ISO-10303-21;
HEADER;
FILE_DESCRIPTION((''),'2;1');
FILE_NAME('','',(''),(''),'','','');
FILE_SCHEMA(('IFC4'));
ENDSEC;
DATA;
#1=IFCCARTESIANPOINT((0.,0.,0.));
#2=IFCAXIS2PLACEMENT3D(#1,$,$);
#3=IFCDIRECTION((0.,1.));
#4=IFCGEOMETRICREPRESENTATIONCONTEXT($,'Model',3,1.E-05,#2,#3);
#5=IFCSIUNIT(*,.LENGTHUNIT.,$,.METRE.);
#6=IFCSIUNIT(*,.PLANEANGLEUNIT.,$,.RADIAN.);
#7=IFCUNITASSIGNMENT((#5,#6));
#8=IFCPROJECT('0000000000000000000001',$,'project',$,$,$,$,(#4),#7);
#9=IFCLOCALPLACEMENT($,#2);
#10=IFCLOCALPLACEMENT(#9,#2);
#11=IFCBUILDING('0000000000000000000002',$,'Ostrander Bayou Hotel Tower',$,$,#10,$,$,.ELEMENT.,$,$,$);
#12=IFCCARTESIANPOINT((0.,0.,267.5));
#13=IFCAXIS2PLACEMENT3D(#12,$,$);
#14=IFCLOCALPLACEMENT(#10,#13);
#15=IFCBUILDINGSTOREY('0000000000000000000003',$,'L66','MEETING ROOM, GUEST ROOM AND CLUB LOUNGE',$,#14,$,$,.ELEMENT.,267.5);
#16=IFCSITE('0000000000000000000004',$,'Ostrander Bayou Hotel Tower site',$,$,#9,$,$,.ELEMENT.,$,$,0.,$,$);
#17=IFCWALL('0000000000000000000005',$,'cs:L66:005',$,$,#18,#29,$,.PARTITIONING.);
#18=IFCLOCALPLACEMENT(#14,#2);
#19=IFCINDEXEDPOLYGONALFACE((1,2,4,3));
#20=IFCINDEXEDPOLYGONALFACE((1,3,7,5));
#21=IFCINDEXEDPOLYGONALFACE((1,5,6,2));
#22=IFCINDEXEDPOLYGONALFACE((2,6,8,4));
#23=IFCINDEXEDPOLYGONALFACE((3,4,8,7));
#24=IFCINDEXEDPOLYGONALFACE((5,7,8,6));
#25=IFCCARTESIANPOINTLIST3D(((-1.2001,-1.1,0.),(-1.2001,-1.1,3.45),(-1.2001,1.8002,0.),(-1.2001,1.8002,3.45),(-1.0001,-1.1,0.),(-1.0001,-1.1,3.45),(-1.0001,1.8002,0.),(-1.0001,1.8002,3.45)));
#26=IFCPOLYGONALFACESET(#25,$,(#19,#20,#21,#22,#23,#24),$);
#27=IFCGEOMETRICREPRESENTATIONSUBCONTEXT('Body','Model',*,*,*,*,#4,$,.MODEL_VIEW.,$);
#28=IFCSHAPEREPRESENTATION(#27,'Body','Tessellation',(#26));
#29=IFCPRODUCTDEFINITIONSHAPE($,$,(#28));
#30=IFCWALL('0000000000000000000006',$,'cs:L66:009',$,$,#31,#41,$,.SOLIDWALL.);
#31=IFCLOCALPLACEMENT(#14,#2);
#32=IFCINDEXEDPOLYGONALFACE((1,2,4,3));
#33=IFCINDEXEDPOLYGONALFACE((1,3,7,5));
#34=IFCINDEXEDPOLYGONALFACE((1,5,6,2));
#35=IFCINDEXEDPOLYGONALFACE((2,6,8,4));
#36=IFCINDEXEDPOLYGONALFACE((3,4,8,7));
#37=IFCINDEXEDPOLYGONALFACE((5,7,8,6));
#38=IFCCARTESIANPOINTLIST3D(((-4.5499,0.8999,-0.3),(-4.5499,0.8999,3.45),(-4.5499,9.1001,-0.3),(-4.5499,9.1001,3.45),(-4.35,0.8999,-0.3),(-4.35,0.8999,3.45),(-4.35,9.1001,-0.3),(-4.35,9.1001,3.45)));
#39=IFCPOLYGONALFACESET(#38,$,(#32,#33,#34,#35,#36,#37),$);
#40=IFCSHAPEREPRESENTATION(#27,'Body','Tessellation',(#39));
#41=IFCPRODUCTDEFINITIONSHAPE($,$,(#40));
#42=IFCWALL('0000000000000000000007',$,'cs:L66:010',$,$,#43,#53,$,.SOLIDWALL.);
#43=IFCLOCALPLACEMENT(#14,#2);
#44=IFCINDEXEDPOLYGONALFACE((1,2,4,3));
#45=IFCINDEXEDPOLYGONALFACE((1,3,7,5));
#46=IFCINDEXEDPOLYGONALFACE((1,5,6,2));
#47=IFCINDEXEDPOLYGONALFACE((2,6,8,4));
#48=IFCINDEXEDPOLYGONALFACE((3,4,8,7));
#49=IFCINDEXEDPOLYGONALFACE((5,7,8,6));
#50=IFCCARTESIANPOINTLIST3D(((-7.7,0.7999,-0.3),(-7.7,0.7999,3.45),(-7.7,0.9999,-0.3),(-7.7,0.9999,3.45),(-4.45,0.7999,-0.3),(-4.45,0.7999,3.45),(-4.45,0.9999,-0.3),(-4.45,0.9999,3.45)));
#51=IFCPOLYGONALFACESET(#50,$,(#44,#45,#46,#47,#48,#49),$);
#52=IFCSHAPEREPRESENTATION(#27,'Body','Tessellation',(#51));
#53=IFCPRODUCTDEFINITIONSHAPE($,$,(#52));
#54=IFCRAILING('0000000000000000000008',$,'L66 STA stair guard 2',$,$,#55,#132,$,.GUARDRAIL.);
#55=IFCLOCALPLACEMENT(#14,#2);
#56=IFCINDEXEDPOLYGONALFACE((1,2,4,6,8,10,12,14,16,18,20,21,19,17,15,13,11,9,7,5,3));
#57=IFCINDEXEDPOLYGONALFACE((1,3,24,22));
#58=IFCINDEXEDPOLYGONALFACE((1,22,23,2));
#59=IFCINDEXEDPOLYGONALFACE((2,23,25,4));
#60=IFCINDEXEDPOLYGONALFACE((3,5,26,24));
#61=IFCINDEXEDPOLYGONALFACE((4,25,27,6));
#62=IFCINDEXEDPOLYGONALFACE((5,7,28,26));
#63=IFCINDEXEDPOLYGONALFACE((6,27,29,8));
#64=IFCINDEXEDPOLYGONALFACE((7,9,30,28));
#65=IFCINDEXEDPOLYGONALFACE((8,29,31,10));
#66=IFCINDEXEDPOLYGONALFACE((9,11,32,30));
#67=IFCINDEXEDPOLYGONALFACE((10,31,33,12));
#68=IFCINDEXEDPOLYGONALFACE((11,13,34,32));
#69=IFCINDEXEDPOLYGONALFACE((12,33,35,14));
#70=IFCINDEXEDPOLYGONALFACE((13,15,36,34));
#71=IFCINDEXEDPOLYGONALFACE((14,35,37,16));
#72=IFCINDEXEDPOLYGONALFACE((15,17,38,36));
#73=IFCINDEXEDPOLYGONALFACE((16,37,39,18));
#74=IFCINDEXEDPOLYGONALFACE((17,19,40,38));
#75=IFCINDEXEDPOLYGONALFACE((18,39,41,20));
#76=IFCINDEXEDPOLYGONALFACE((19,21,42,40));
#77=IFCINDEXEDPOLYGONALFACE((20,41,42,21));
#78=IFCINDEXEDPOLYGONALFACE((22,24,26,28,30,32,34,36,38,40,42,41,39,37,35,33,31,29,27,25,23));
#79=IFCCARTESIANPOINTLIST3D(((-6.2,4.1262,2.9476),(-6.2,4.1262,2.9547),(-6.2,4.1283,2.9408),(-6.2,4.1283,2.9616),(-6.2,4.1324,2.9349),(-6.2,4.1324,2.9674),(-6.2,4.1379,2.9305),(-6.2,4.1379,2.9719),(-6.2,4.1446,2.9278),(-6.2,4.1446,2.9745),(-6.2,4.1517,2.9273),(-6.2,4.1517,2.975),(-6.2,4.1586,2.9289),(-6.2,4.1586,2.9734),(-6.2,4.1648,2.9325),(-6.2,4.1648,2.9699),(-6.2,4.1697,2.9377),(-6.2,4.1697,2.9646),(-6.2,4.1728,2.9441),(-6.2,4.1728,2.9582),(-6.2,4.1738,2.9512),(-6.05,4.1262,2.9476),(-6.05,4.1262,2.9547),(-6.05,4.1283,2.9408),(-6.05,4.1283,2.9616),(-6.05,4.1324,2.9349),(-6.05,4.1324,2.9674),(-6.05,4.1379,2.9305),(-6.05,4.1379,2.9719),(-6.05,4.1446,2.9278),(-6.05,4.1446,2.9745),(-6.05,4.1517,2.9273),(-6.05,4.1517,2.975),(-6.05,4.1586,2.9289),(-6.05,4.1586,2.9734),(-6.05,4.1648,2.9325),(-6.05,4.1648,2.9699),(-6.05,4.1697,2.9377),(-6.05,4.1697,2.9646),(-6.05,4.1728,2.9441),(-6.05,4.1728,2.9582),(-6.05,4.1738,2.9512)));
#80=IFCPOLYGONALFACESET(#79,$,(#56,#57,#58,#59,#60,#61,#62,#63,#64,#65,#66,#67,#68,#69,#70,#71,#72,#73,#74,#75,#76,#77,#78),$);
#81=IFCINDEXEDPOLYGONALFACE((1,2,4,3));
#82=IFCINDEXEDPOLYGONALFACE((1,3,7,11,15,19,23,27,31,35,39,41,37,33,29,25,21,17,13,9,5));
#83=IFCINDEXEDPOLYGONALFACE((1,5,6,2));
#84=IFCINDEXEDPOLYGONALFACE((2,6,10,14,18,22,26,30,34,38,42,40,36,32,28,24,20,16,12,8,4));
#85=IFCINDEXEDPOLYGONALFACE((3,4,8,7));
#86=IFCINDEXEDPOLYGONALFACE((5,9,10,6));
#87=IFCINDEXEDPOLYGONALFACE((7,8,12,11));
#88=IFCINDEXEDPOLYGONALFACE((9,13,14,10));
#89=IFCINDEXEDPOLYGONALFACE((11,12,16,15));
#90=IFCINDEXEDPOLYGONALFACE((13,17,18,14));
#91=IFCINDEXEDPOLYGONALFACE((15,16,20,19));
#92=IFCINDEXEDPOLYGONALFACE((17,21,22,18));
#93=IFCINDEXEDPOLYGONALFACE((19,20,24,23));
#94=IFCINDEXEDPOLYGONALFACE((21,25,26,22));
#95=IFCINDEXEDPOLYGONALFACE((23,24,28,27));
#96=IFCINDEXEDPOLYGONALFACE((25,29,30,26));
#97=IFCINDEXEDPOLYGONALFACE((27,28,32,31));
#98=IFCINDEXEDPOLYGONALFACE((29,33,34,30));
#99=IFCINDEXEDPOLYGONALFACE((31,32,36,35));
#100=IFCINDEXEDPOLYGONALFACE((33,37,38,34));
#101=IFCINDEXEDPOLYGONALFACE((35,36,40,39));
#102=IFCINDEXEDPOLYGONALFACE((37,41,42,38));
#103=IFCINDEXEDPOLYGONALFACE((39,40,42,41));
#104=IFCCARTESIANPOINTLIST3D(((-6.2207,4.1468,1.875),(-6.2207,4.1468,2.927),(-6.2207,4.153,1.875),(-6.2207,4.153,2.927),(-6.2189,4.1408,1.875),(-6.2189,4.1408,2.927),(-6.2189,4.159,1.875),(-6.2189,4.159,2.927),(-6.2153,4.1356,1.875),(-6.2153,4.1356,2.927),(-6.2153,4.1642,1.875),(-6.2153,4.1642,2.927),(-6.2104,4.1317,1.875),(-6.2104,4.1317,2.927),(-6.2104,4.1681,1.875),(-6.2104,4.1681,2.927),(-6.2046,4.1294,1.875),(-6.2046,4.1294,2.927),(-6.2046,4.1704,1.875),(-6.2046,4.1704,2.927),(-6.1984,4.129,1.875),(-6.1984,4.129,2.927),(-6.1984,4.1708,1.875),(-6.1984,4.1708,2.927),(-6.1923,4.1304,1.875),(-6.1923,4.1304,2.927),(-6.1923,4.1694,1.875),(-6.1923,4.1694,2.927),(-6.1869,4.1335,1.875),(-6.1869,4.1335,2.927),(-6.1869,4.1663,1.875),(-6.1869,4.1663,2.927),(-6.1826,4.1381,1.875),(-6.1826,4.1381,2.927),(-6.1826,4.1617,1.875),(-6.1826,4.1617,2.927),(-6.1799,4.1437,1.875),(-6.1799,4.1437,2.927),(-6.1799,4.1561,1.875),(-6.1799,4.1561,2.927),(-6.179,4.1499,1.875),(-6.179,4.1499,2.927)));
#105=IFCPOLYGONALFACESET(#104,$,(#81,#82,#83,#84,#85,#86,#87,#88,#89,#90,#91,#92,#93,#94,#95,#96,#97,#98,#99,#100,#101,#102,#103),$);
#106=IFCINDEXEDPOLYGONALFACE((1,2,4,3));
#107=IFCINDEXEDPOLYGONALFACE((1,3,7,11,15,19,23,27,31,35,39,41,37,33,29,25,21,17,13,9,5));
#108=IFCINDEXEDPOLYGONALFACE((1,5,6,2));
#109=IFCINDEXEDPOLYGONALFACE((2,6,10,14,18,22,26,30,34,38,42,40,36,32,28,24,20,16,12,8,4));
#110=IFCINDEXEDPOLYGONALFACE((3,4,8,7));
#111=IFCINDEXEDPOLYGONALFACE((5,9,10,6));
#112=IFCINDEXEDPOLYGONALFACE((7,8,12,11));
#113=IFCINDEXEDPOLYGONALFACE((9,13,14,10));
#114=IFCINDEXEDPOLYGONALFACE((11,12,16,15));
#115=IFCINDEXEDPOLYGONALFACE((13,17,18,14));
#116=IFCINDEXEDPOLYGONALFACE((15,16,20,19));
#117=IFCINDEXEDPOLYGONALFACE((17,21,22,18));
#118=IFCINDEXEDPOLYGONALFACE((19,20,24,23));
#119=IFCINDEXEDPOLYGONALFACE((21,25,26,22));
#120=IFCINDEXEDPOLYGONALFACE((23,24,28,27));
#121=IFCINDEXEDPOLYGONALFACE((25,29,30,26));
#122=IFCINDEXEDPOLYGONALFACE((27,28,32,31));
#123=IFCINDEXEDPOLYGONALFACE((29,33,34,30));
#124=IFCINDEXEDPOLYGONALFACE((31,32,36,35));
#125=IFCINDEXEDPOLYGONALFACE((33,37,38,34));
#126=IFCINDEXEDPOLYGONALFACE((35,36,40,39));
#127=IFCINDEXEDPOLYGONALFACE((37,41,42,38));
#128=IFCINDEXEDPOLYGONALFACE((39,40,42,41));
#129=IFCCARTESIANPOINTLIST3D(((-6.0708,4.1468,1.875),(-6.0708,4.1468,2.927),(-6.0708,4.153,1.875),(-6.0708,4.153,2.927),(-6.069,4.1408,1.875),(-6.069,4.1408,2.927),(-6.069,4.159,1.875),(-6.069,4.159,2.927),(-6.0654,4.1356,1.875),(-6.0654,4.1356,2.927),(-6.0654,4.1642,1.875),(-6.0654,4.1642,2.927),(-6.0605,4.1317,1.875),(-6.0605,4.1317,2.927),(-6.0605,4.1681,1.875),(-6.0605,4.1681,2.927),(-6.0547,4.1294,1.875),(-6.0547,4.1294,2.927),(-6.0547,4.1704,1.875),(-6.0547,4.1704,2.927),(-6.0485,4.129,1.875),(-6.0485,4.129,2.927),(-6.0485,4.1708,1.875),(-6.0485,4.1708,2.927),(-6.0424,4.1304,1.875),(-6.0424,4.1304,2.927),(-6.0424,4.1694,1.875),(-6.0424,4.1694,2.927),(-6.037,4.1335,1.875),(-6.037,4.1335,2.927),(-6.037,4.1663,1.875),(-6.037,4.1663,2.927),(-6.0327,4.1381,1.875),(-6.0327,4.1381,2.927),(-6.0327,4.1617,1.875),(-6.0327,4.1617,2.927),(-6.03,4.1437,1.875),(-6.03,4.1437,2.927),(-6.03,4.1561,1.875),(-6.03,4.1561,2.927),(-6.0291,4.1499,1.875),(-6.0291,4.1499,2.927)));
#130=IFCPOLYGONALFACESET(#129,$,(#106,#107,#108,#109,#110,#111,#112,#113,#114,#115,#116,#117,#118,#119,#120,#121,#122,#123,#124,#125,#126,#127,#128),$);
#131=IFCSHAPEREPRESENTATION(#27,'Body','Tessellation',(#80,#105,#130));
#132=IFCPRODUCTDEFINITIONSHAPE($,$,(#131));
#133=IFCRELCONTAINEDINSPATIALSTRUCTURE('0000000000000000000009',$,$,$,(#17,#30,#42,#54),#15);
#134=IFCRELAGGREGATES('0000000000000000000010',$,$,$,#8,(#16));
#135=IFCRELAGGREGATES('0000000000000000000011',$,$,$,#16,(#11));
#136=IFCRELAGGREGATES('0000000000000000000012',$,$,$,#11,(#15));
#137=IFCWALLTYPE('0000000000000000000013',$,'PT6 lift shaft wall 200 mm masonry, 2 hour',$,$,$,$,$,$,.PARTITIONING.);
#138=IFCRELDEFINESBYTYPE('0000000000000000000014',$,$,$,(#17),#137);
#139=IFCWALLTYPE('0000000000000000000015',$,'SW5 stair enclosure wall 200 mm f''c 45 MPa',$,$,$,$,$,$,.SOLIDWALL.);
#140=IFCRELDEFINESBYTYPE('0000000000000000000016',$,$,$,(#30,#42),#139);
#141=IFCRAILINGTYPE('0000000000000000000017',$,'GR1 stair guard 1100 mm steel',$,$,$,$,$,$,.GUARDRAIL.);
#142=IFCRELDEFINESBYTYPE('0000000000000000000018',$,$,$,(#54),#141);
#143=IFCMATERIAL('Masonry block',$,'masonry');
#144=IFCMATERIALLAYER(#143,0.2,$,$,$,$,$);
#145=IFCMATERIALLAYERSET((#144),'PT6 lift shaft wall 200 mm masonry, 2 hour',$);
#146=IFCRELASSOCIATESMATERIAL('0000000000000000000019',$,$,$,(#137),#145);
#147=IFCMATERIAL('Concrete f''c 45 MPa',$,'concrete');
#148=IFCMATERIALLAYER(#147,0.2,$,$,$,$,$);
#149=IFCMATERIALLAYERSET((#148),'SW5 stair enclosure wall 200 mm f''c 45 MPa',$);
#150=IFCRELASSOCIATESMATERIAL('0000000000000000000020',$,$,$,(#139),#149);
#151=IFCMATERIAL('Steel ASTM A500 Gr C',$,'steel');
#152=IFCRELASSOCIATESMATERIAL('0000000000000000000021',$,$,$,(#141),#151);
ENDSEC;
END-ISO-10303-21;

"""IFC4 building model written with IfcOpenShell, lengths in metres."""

from ifc_helpers import new_model, si_unit, direction, frame, frame_2d, origin, origin_2d, place, context, subcontext, project, spatial, rectangle, circle, extrude, material, layer, layer_set, type_object, element, save


model = new_model("IFC4")

# Units and contexts
model_context = context("Model", 3, precision=1e-05, world=origin(), true_north=direction((0.0, 1.0)))
body_context = subcontext(model_context, "Body", "Model", "MODEL_VIEW")
ifc_project = project(units=[si_unit("LENGTHUNIT", "METRE"), si_unit("PLANEANGLEUNIT", "RADIAN")], contexts=[model_context])

# Site, building, storey
site_placement = place(None, origin())
site = spatial("IfcSite", under=ifc_project, at=site_placement, Name="Ostrander Bayou Hotel Tower site", CompositionType="ELEMENT", RefElevation=0.0)
building_placement = place(site_placement, origin())
building = spatial("IfcBuilding", under=site, at=building_placement, Name="Ostrander Bayou Hotel Tower", CompositionType="ELEMENT")
storey_placement = place(building_placement, frame((0.0, 0.0, 267.5)))
storey = spatial("IfcBuildingStorey", under=building, at=storey_placement, Name="L66", Description="MEETING ROOM, GUEST ROOM AND CLUB LOUNGE", CompositionType="ELEMENT", Elevation=267.5)

# Shared definitions
ifc_material_1 = material(Name="Masonry block", Category="masonry")
ifc_layer_1 = layer(ifc_material_1, 0.2)
ifc_layer_set_1 = layer_set([ifc_layer_1], Name="PT6 lift shaft wall 200 mm masonry, 2 hour")
wall_type_1 = type_object("IfcWallType", Name="PT6 lift shaft wall 200 mm masonry, 2 hour", PredefinedType="PARTITIONING", material=ifc_layer_set_1)

# Walls
wall_1_placement = place(storey_placement, frame((-1.1001, -1.1001, 0.0), z_axis=(0.0, 0.0, 1.0), x_axis=(0.0, 1.0, 0.0)))
element("IfcWall", 1, at=wall_1_placement, inside=storey, type_object=wall_type_1, Name="cs:L66:005", PredefinedType="PARTITIONING", context=body_context, shape_type="SweptSolid", body=[
    extrude(rectangle(XDim=2.9001, YDim=0.2, at=frame_2d((1.4502, 0.0))), origin(), (0.0, 0.0, 1.0), 3.45),
])
ifc_material_2 = material(Name="Concrete f'c 45 MPa", Category="concrete")
ifc_layer_2 = layer(ifc_material_2, 0.2)
ifc_layer_set_2 = layer_set([ifc_layer_2], Name="SW5 stair enclosure wall 200 mm f'c 45 MPa")
wall_type_2 = type_object("IfcWallType", Name="SW5 stair enclosure wall 200 mm f'c 45 MPa", PredefinedType="SOLIDWALL", material=ifc_layer_set_2)
wall_2_placement = place(storey_placement, frame((-4.45, 0.8999, -0.3), z_axis=(0.0, 0.0, 1.0), x_axis=(0.0, 1.0, 0.0)))
element("IfcWall", 2, at=wall_2_placement, inside=storey, type_object=wall_type_2, Name="cs:L66:009", PredefinedType="SOLIDWALL", context=body_context, shape_type="SweptSolid", body=[
    extrude(rectangle(XDim=8.2002, YDim=0.2, at=frame_2d((4.1001, 0.0))), origin(), (0.0, 0.0, 1.0), 3.75),
])
wall_3_placement = place(storey_placement, frame((-7.7, 0.8999, -0.3), z_axis=(0.0, 0.0, 1.0), x_axis=(1.0, 0.0, 0.0)))
element("IfcWall", 3, at=wall_3_placement, inside=storey, type_object=wall_type_2, Name="cs:L66:010", PredefinedType="SOLIDWALL", context=body_context, shape_type="SweptSolid", body=[
    extrude(rectangle(XDim=3.25, YDim=0.2, at=frame_2d((1.625, 0.0))), origin(), (0.0, 0.0, 1.0), 3.75),
])

# Railing
ifc_material_3 = material(Name="Steel ASTM A500 Gr C", Category="steel")
railing_type = type_object("IfcRailingType", Name="GR1 stair guard 1100 mm steel", PredefinedType="GUARDRAIL", material=ifc_material_3)
railing_1_placement = place(storey_placement, frame((-6.2, 4.1499, 1.875)))
element("IfcRailing", 4, at=railing_1_placement, inside=storey, type_object=railing_type, Name="L66 STA stair guard 2", PredefinedType="GUARDRAIL", context=body_context, shape_type="SweptSolid", body=[
    extrude(circle(Radius=0.0239, at=origin_2d()), frame((0.0, 0.0, 1.0762), z_axis=(1.0, 0.0, 0.0), x_axis=(0.0, 1.0, 0.0)), (0.0, 0.0, 1.0), 0.1499),
    extrude(circle(Radius=0.021, at=origin_2d()), origin(), (0.0, 0.0, 1.0), 1.052),
    extrude(circle(Radius=0.021, at=origin_2d()), frame((0.1499, 0.0, 0.0)), (0.0, 0.0, 1.0), 1.052),
])

save(model, "model.ifc")
